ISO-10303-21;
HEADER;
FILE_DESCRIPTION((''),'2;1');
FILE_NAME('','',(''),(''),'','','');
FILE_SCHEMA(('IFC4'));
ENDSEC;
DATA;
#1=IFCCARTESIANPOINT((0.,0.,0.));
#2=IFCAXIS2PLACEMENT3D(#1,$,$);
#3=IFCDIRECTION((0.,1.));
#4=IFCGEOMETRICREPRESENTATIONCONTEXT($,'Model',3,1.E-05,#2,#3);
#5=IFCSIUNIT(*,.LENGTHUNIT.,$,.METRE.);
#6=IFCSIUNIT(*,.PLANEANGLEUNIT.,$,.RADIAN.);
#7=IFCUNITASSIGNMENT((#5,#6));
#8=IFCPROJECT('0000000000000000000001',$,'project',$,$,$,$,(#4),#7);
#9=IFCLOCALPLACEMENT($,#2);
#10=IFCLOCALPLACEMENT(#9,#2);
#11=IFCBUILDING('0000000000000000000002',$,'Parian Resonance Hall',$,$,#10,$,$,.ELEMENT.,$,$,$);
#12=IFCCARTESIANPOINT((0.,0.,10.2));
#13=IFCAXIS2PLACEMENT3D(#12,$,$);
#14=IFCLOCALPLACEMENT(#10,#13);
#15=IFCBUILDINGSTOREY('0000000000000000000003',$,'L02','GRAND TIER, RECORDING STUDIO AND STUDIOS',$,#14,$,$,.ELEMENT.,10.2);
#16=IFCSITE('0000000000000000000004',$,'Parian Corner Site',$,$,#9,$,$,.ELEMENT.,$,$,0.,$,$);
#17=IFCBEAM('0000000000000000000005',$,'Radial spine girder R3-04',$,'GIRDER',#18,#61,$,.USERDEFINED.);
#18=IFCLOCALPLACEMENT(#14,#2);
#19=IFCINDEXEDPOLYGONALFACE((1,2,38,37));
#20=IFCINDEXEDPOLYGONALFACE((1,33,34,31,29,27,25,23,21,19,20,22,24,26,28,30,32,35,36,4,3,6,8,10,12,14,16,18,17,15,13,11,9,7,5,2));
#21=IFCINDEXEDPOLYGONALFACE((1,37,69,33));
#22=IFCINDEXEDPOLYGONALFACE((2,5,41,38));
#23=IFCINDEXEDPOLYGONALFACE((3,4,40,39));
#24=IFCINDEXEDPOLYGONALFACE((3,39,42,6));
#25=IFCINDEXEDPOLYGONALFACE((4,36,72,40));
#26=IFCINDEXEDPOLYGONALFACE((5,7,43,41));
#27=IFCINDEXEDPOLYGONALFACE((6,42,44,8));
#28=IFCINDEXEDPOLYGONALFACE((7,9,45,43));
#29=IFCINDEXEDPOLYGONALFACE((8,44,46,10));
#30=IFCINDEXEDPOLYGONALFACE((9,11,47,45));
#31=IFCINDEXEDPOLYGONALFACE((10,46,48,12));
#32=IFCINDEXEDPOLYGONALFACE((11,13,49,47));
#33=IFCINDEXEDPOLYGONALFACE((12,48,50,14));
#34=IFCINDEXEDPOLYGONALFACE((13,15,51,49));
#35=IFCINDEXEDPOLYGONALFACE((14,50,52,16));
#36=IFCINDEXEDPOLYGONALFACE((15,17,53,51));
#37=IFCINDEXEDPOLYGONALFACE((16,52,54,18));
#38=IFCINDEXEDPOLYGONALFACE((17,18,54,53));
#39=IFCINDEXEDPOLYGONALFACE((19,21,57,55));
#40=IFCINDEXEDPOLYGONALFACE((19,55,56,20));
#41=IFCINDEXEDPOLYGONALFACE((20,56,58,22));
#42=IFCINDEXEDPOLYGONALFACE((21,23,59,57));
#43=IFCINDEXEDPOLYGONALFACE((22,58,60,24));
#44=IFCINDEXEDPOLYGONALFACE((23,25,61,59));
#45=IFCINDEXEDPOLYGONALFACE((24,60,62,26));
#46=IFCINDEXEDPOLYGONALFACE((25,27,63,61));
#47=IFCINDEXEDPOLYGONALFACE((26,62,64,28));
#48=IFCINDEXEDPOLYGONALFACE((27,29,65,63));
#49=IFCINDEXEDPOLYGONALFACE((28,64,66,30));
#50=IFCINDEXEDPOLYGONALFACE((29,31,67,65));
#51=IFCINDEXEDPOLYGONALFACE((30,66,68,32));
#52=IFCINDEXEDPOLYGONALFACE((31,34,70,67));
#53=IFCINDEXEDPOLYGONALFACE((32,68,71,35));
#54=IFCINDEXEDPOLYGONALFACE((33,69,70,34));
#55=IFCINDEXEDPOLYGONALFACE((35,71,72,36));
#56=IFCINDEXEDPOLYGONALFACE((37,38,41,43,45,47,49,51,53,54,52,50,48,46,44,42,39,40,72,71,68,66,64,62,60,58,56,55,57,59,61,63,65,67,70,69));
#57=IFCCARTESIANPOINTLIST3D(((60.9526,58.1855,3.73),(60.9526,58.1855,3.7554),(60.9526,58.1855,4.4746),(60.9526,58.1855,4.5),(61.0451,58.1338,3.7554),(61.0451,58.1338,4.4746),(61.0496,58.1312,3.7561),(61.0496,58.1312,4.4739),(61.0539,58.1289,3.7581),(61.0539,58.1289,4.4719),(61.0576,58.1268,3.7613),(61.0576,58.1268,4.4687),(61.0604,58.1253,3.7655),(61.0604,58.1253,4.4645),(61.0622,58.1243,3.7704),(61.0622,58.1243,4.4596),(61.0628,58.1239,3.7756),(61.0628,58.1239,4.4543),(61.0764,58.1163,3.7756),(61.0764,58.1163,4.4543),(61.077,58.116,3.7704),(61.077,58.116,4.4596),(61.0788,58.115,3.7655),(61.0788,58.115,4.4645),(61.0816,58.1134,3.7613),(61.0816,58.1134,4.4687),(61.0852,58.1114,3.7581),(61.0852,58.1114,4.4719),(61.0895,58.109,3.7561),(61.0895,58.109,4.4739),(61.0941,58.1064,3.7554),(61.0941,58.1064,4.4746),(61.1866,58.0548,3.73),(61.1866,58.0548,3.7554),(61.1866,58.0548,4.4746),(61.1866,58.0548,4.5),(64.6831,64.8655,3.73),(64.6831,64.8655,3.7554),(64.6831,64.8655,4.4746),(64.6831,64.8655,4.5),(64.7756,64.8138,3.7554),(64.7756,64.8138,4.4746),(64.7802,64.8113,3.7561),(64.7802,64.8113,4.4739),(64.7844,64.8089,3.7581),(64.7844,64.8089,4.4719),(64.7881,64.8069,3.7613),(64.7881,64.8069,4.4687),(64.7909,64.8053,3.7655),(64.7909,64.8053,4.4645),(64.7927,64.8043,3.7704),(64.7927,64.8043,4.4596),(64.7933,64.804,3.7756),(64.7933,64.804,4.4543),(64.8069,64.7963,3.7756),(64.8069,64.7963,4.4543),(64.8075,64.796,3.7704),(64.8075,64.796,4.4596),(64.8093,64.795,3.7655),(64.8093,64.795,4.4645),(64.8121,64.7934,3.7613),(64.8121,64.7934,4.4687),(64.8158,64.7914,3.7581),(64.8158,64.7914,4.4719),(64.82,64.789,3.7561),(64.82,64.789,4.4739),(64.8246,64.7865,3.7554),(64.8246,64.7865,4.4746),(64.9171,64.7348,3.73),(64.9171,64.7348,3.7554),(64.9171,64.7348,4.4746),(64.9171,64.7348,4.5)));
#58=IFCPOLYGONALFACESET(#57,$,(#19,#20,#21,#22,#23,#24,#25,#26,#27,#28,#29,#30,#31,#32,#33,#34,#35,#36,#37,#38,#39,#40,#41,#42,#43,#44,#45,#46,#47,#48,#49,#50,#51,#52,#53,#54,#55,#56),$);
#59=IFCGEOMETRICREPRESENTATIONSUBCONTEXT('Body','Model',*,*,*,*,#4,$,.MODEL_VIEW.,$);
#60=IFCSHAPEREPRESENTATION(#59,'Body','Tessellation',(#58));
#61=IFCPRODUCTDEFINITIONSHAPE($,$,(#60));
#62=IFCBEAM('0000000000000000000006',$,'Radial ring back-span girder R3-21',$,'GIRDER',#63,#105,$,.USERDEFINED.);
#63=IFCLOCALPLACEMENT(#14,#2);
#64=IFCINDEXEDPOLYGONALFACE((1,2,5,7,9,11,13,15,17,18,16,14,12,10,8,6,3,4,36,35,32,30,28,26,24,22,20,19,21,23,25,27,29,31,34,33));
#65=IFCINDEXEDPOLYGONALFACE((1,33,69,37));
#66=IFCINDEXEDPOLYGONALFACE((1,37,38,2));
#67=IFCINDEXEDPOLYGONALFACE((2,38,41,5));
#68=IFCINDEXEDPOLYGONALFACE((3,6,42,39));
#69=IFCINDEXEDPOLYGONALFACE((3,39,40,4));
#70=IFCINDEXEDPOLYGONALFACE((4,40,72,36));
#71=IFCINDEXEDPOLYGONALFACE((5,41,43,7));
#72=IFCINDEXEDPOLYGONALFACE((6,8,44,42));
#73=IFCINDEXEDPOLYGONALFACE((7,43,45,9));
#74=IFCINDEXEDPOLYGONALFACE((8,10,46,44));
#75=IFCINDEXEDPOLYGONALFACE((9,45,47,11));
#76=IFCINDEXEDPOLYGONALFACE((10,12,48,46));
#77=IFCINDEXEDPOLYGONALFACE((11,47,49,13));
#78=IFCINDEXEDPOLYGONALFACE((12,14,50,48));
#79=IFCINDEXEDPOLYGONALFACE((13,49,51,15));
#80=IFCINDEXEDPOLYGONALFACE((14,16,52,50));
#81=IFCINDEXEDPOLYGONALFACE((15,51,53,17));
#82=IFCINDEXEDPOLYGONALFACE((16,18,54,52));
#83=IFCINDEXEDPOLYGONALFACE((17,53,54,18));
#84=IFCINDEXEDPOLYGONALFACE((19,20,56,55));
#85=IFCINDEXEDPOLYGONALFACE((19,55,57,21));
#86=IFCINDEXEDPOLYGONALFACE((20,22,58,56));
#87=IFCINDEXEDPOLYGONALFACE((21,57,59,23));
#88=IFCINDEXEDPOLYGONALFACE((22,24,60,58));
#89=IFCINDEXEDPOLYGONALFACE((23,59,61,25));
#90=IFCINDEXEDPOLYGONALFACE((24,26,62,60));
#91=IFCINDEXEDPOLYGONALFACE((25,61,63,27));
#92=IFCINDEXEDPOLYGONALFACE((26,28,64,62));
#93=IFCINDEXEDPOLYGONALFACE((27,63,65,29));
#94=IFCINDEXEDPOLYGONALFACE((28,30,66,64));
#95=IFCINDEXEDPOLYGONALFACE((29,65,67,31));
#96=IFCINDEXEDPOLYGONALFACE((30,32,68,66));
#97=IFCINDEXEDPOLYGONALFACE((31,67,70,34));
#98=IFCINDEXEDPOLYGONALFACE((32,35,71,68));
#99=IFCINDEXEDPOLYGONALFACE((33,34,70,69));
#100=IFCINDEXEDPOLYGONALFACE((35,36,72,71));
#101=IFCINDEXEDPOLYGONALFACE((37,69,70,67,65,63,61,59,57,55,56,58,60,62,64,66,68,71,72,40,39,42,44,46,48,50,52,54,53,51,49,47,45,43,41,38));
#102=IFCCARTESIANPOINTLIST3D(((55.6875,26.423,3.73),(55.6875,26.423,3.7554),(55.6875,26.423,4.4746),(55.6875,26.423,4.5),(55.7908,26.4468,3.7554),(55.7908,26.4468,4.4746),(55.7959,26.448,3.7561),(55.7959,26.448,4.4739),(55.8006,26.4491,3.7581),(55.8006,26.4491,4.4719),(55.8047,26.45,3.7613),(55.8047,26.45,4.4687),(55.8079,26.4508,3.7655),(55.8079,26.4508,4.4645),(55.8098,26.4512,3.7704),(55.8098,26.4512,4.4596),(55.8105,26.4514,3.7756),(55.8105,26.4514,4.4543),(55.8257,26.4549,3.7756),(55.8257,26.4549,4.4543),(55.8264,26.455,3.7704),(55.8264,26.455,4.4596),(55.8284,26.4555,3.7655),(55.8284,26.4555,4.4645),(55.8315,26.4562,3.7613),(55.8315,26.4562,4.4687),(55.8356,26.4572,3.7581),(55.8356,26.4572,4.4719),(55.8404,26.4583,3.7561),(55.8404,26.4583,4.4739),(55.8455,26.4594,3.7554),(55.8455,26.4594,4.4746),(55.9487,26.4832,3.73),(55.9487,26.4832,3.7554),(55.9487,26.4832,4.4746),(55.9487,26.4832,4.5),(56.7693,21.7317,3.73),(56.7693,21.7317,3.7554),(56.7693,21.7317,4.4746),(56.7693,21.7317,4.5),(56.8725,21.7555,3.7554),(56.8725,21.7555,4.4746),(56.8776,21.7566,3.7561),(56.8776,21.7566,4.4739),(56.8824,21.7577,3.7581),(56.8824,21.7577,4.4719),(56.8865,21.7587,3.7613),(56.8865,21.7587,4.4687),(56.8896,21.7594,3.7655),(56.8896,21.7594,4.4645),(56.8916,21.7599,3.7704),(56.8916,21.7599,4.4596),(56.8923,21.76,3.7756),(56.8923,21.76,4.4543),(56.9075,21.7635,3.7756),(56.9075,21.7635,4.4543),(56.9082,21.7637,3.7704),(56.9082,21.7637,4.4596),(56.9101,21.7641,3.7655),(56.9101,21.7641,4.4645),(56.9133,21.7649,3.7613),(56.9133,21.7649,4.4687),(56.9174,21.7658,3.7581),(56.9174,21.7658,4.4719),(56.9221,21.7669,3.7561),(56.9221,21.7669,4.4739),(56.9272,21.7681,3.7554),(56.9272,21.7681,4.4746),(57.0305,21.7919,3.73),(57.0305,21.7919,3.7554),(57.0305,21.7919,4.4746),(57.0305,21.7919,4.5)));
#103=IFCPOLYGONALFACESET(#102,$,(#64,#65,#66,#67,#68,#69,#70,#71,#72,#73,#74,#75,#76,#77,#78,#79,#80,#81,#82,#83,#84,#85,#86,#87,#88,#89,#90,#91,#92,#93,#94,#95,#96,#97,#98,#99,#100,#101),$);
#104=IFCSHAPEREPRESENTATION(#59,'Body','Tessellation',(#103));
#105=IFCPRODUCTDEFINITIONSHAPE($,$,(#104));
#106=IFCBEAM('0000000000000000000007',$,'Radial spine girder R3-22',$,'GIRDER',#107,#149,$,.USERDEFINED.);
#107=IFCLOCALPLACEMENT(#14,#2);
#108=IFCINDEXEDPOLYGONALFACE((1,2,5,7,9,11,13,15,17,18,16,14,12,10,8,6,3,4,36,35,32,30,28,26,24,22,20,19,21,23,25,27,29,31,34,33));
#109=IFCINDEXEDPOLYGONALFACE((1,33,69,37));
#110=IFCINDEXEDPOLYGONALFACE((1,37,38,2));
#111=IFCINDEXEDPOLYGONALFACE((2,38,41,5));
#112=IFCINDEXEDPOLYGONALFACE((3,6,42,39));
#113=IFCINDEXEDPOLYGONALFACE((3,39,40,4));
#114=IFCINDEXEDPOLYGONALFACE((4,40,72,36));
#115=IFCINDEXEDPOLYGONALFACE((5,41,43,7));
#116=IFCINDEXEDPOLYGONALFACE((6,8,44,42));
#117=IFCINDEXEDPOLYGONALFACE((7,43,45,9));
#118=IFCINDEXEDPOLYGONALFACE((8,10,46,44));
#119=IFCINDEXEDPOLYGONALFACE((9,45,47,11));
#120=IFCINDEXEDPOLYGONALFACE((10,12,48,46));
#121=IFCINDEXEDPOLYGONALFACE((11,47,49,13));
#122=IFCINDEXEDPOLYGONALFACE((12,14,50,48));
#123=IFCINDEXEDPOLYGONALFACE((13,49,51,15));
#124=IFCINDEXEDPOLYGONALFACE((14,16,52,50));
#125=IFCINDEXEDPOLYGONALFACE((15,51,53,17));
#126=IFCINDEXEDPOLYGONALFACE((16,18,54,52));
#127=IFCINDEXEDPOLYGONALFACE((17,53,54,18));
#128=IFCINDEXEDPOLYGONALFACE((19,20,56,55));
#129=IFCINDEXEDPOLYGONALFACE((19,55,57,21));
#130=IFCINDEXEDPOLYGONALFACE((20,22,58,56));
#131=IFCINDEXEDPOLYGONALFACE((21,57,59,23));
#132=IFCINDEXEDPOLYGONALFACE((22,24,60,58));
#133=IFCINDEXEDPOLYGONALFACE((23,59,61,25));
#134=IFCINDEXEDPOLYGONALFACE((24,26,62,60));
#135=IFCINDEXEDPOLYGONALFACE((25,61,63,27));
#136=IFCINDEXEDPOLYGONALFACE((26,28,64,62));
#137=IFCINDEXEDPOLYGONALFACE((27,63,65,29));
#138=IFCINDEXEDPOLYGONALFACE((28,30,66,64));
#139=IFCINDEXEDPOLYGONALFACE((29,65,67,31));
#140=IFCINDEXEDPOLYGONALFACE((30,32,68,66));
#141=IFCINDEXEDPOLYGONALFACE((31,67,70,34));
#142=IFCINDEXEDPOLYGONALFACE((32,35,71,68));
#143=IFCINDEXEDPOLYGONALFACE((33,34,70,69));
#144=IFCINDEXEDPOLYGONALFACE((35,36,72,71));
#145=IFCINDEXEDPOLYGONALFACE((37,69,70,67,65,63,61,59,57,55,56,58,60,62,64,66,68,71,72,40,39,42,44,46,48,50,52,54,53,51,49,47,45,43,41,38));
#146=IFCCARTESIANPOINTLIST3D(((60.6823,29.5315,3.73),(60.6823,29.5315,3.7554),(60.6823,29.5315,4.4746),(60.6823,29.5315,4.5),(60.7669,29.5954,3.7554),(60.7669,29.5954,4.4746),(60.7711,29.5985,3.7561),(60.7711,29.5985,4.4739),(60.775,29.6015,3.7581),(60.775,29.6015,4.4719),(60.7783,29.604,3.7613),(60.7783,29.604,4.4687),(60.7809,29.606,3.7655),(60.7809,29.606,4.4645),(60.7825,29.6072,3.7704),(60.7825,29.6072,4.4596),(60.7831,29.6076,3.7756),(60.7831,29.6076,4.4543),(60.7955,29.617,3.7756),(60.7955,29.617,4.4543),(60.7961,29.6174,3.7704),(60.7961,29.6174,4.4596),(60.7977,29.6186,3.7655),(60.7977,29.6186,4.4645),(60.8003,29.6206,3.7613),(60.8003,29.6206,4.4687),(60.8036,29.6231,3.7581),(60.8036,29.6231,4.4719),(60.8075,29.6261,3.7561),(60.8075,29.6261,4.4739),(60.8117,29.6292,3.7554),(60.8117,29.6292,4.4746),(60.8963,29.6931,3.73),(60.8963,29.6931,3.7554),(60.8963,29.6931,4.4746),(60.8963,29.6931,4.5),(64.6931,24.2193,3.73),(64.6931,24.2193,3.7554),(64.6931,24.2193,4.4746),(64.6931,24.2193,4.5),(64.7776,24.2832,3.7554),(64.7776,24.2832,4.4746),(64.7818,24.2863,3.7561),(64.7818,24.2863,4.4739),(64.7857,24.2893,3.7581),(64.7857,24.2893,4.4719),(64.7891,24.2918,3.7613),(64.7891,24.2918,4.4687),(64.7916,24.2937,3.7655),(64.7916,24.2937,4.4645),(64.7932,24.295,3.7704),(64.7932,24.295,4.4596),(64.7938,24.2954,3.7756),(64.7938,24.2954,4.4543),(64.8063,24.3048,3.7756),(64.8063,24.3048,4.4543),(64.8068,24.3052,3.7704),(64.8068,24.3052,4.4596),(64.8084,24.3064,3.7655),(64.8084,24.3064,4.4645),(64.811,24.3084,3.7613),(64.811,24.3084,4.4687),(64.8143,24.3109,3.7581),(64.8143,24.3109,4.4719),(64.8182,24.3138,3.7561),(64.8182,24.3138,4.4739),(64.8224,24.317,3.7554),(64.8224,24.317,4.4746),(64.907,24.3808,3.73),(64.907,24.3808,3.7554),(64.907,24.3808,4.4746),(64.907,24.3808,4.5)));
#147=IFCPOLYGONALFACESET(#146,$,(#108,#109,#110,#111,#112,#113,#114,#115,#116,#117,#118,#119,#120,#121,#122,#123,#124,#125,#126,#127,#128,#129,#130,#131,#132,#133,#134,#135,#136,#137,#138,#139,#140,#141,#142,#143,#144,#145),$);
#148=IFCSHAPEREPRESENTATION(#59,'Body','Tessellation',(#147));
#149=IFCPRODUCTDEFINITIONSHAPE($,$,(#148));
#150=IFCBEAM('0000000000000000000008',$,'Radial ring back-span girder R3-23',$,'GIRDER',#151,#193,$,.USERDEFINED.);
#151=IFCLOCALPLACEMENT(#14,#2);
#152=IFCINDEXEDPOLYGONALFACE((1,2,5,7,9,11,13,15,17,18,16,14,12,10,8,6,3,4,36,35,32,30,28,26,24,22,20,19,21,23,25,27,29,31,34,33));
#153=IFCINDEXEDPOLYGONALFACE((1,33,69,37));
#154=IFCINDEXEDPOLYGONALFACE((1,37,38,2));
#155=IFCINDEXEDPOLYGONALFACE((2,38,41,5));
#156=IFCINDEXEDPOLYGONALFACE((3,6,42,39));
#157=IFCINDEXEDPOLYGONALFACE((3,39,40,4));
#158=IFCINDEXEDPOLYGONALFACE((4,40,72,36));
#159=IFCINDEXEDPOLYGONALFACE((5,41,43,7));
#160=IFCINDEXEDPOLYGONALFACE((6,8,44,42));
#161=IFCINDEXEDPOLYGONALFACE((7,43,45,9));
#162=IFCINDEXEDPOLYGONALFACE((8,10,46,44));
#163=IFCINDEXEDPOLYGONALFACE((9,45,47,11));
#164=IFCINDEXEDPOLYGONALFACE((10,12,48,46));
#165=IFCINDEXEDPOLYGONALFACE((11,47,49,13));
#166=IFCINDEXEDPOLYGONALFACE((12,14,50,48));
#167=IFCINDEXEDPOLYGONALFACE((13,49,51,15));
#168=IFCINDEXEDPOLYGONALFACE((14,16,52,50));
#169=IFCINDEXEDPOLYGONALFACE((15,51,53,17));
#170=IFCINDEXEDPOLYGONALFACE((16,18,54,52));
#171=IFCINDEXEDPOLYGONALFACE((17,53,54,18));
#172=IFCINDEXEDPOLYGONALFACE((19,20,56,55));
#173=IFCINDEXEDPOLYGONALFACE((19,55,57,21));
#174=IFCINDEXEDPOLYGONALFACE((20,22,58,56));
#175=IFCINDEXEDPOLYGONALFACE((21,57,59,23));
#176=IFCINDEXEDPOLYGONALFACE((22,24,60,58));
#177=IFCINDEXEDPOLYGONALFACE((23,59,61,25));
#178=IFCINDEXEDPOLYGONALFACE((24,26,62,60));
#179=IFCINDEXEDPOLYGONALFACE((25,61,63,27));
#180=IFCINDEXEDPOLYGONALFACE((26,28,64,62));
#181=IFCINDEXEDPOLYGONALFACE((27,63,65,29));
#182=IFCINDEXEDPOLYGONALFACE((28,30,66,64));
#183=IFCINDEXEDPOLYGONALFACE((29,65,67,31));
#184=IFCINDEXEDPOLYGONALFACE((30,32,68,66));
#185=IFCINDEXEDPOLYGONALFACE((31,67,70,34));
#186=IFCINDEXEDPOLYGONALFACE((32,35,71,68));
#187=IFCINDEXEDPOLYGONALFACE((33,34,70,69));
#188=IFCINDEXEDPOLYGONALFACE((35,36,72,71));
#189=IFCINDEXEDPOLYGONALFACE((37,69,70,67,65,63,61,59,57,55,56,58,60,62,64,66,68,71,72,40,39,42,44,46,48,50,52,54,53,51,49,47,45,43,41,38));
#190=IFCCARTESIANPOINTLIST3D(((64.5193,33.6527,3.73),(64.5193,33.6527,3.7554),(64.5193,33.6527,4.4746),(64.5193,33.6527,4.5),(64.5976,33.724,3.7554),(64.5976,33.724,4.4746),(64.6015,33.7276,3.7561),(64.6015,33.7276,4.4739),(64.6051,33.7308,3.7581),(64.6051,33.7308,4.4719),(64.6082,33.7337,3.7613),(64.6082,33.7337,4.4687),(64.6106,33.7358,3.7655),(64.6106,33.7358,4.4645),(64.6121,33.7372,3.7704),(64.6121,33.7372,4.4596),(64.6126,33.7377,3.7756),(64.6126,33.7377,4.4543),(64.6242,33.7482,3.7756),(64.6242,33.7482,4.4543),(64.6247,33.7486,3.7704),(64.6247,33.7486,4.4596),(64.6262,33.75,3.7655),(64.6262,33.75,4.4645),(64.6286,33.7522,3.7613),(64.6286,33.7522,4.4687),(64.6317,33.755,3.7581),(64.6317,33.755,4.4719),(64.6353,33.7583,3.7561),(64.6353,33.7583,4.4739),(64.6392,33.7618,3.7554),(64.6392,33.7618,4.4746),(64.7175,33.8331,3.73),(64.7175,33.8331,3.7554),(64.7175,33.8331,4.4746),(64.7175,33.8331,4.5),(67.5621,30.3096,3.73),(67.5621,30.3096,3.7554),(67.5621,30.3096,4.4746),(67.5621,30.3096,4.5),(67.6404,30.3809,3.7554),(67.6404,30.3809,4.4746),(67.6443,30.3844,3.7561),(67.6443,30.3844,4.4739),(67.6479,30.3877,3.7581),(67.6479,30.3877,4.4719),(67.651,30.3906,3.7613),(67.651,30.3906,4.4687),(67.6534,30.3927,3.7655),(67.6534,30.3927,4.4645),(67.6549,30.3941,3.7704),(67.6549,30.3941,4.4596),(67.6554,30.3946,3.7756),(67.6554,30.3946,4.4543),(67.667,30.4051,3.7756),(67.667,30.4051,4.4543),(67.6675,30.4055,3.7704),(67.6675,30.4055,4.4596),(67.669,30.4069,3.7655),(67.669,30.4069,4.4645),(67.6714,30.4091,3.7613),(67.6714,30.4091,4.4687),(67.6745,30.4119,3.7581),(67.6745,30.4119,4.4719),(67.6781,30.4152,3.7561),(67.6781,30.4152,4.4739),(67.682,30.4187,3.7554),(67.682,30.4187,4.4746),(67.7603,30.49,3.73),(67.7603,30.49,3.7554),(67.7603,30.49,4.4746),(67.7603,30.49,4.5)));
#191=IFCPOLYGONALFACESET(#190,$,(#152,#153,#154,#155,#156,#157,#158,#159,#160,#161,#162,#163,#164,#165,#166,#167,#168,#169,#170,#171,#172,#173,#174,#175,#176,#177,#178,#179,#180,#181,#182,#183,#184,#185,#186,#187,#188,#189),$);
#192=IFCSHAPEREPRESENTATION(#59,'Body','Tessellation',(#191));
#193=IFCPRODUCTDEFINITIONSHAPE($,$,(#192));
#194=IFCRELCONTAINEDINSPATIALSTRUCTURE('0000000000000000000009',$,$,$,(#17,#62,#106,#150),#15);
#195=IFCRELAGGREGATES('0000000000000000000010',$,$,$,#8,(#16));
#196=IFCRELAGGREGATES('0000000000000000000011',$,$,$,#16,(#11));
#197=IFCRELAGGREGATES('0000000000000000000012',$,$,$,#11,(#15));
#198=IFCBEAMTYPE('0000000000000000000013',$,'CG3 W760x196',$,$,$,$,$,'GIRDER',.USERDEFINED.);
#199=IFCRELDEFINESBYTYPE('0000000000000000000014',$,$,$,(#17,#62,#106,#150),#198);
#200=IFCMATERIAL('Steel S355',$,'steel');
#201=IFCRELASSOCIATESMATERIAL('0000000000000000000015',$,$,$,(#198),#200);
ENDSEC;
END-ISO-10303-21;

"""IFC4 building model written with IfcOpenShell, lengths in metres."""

from ifc_helpers import new_model, si_unit, direction, frame, origin, origin_2d, place, context, subcontext, project, spatial, i_section, extrude, material, material_profile, profile_set, type_object, element, save


model = new_model("IFC4")

# Units and contexts
model_context = context("Model", 3, precision=1e-05, world=origin(), true_north=direction((0.0, 1.0)))
body_context = subcontext(model_context, "Body", "Model", "MODEL_VIEW")
ifc_project = project(units=[si_unit("LENGTHUNIT", "METRE"), si_unit("PLANEANGLEUNIT", "RADIAN")], contexts=[model_context])

# Site, building, storey
site_placement = place(None, origin())
site = spatial("IfcSite", under=ifc_project, at=site_placement, Name="Parian Corner Site", CompositionType="ELEMENT", RefElevation=0.0)
building_placement = place(site_placement, origin())
building = spatial("IfcBuilding", under=site, at=building_placement, Name="Parian Resonance Hall", CompositionType="ELEMENT")
storey_placement = place(building_placement, frame((0.0, 0.0, 10.2)))
storey = spatial("IfcBuildingStorey", under=building, at=storey_placement, Name="L02", Description="GRAND TIER, RECORDING STUDIO AND STUDIOS", CompositionType="ELEMENT", Elevation=10.2)

# Beams
ifc_material_1 = material(Name="Steel S355", Category="steel")
ifc_material_profile_1 = material_profile(ifc_material_1, i_section(OverallWidth=0.2681, OverallDepth=0.77, WebThickness=0.0156, FlangeThickness=0.0254, FilletRadius=0.0203, at=origin_2d()), Name="W760x196")
ifc_profile_set_1 = profile_set([ifc_material_profile_1], Name="Steel S355")
beam_type_1 = type_object("IfcBeamType", Name="CG3 W760x196", ElementType="GIRDER", PredefinedType="USERDEFINED", material=ifc_profile_set_1)
beam_1_placement = place(storey_placement, frame((61.0696, 58.1201, 4.115), z_axis=(0.487579, 0.873079, 0.0), x_axis=(-0.873079, 0.487579, 0.0)))
element("IfcBeam", 1, at=beam_1_placement, inside=storey, type_object=beam_type_1, Name="Radial spine girder R3-04", ObjectType="GIRDER", PredefinedType="USERDEFINED", context=body_context, shape_type="SweptSolid", body=[
    extrude(i_section(OverallWidth=0.2681, OverallDepth=0.77, WebThickness=0.0156, FlangeThickness=0.0254, FilletRadius=0.0203, at=origin_2d()), origin(), (0.0, 0.0, 1.0), 7.6511),
])
beam_2_placement = place(storey_placement, frame((55.8181, 26.4531, 4.115), z_axis=(0.224693, -0.97443, 0.0), x_axis=(0.97443, 0.224693, 0.0)))
element("IfcBeam", 2, at=beam_2_placement, inside=storey, type_object=beam_type_1, Name="Radial ring back-span girder R3-21", ObjectType="GIRDER", PredefinedType="USERDEFINED", context=body_context, shape_type="SweptSolid", body=[
    extrude(i_section(OverallWidth=0.2681, OverallDepth=0.77, WebThickness=0.0156, FlangeThickness=0.0254, FilletRadius=0.0203, at=origin_2d()), origin(), (0.0, 0.0, 1.0), 4.8145),
])
beam_3_placement = place(storey_placement, frame((60.7893, 29.6123, 4.115), z_axis=(0.60255, -0.798081, 0.0), x_axis=(0.798081, 0.60255, 0.0)))
element("IfcBeam", 3, at=beam_3_placement, inside=storey, type_object=beam_type_1, Name="Radial spine girder R3-22", ObjectType="GIRDER", PredefinedType="USERDEFINED", context=body_context, shape_type="SweptSolid", body=[
    extrude(i_section(OverallWidth=0.2681, OverallDepth=0.77, WebThickness=0.0156, FlangeThickness=0.0254, FilletRadius=0.0203, at=origin_2d()), origin(), (0.0, 0.0, 1.0), 6.6562),
])
beam_4_placement = place(storey_placement, frame((64.6184, 33.7429, 4.115), z_axis=(0.673111, -0.739542, 0.0), x_axis=(0.739542, 0.673111, 0.0)))
element("IfcBeam", 4, at=beam_4_placement, inside=storey, type_object=beam_type_1, Name="Radial ring back-span girder R3-23", ObjectType="GIRDER", PredefinedType="USERDEFINED", context=body_context, shape_type="SweptSolid", body=[
    extrude(i_section(OverallWidth=0.2681, OverallDepth=0.77, WebThickness=0.0156, FlangeThickness=0.0254, FilletRadius=0.0203, at=origin_2d()), origin(), (0.0, 0.0, 1.0), 4.5205),
])

save(model, "model.ifc")
